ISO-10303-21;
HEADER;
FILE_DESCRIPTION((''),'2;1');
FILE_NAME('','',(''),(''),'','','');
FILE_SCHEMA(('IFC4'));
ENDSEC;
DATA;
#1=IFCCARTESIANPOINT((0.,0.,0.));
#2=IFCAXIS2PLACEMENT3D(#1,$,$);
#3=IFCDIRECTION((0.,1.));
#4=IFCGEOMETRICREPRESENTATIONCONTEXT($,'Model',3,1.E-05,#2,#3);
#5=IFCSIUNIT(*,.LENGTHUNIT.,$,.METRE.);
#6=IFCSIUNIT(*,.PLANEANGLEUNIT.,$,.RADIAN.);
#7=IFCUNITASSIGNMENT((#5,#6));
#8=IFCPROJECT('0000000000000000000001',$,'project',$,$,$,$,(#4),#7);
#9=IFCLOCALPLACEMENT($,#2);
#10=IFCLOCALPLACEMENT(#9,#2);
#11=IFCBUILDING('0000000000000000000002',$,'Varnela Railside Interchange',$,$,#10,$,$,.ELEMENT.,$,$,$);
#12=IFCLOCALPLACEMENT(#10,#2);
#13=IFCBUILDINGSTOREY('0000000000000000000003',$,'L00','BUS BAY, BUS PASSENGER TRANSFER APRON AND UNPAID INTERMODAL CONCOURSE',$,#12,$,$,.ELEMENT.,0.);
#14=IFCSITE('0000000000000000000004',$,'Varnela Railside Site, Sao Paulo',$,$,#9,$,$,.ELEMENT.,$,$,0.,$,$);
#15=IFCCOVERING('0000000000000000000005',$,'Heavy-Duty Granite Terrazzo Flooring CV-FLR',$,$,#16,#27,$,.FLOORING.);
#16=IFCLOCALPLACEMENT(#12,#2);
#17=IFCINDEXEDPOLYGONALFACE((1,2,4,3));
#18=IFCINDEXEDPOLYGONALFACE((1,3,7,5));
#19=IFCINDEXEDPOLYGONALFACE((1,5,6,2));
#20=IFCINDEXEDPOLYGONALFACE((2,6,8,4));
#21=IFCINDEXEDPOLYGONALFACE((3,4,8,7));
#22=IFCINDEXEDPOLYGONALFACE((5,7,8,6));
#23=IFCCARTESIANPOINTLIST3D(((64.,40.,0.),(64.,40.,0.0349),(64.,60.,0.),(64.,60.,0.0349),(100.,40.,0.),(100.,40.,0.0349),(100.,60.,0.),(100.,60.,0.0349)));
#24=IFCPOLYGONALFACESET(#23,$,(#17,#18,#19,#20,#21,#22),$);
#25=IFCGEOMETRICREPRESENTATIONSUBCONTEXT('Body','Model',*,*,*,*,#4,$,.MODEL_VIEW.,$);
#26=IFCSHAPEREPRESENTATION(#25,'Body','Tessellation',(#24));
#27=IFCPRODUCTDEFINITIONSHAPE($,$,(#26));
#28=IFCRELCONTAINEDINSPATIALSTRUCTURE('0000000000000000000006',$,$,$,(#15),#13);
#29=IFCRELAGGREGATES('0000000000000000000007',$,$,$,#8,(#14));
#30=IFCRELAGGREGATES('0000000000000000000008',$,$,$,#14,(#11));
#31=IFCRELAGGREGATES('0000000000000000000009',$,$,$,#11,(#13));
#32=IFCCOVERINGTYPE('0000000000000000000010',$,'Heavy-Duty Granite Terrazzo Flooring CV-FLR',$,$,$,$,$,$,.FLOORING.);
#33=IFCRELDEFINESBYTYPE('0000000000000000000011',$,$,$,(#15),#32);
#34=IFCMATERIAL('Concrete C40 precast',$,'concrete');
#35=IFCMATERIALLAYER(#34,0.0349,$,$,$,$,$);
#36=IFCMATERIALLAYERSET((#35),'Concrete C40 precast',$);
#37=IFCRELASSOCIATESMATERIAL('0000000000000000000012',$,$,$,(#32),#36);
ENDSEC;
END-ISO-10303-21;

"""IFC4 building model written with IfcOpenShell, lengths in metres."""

from ifc_helpers import new_model, si_unit, direction, origin, place, context, subcontext, project, spatial, polyline, outline, extrude, material, layer, layer_set, type_object, element, save


model = new_model("IFC4")

# Units and contexts
model_context = context("Model", 3, precision=1e-05, world=origin(), true_north=direction((0.0, 1.0)))
body_context = subcontext(model_context, "Body", "Model", "MODEL_VIEW")
ifc_project = project(units=[si_unit("LENGTHUNIT", "METRE"), si_unit("PLANEANGLEUNIT", "RADIAN")], contexts=[model_context])

# Site, building, storey
site_placement = place(None, origin())
site = spatial("IfcSite", under=ifc_project, at=site_placement, Name="Varnela Railside Site, Sao Paulo", CompositionType="ELEMENT", RefElevation=0.0)
building_placement = place(site_placement, origin())
building = spatial("IfcBuilding", under=site, at=building_placement, Name="Varnela Railside Interchange", CompositionType="ELEMENT")
storey_placement = place(building_placement, origin())
storey = spatial("IfcBuildingStorey", under=building, at=storey_placement, Name="L00", Description="BUS BAY, BUS PASSENGER TRANSFER APRON AND UNPAID INTERMODAL CONCOURSE", CompositionType="ELEMENT", Elevation=0.0)

# Shared definitions
ifc_material_1 = material(Name="Concrete C40 precast", Category="concrete")

# Covering
ifc_layer_1 = layer(ifc_material_1, 0.0349)
ifc_layer_set_1 = layer_set([ifc_layer_1], Name="Concrete C40 precast")
covering_type = type_object("IfcCoveringType", Name="Heavy-Duty Granite Terrazzo Flooring CV-FLR", PredefinedType="FLOORING", material=ifc_layer_set_1)
covering_placement = place(storey_placement, origin())
element("IfcCovering", 1, at=covering_placement, inside=storey, type_object=covering_type, Name="Heavy-Duty Granite Terrazzo Flooring CV-FLR", PredefinedType="FLOORING", context=body_context, shape_type="SweptSolid", body=[
    extrude(outline(polyline([(64.0, 40.0), (100.0, 40.0), (100.0, 60.0), (64.0, 60.0), (64.0, 40.0)])), origin(), (0.0, 0.0, 1.0), 0.0349),
])

save(model, "model.ifc")
